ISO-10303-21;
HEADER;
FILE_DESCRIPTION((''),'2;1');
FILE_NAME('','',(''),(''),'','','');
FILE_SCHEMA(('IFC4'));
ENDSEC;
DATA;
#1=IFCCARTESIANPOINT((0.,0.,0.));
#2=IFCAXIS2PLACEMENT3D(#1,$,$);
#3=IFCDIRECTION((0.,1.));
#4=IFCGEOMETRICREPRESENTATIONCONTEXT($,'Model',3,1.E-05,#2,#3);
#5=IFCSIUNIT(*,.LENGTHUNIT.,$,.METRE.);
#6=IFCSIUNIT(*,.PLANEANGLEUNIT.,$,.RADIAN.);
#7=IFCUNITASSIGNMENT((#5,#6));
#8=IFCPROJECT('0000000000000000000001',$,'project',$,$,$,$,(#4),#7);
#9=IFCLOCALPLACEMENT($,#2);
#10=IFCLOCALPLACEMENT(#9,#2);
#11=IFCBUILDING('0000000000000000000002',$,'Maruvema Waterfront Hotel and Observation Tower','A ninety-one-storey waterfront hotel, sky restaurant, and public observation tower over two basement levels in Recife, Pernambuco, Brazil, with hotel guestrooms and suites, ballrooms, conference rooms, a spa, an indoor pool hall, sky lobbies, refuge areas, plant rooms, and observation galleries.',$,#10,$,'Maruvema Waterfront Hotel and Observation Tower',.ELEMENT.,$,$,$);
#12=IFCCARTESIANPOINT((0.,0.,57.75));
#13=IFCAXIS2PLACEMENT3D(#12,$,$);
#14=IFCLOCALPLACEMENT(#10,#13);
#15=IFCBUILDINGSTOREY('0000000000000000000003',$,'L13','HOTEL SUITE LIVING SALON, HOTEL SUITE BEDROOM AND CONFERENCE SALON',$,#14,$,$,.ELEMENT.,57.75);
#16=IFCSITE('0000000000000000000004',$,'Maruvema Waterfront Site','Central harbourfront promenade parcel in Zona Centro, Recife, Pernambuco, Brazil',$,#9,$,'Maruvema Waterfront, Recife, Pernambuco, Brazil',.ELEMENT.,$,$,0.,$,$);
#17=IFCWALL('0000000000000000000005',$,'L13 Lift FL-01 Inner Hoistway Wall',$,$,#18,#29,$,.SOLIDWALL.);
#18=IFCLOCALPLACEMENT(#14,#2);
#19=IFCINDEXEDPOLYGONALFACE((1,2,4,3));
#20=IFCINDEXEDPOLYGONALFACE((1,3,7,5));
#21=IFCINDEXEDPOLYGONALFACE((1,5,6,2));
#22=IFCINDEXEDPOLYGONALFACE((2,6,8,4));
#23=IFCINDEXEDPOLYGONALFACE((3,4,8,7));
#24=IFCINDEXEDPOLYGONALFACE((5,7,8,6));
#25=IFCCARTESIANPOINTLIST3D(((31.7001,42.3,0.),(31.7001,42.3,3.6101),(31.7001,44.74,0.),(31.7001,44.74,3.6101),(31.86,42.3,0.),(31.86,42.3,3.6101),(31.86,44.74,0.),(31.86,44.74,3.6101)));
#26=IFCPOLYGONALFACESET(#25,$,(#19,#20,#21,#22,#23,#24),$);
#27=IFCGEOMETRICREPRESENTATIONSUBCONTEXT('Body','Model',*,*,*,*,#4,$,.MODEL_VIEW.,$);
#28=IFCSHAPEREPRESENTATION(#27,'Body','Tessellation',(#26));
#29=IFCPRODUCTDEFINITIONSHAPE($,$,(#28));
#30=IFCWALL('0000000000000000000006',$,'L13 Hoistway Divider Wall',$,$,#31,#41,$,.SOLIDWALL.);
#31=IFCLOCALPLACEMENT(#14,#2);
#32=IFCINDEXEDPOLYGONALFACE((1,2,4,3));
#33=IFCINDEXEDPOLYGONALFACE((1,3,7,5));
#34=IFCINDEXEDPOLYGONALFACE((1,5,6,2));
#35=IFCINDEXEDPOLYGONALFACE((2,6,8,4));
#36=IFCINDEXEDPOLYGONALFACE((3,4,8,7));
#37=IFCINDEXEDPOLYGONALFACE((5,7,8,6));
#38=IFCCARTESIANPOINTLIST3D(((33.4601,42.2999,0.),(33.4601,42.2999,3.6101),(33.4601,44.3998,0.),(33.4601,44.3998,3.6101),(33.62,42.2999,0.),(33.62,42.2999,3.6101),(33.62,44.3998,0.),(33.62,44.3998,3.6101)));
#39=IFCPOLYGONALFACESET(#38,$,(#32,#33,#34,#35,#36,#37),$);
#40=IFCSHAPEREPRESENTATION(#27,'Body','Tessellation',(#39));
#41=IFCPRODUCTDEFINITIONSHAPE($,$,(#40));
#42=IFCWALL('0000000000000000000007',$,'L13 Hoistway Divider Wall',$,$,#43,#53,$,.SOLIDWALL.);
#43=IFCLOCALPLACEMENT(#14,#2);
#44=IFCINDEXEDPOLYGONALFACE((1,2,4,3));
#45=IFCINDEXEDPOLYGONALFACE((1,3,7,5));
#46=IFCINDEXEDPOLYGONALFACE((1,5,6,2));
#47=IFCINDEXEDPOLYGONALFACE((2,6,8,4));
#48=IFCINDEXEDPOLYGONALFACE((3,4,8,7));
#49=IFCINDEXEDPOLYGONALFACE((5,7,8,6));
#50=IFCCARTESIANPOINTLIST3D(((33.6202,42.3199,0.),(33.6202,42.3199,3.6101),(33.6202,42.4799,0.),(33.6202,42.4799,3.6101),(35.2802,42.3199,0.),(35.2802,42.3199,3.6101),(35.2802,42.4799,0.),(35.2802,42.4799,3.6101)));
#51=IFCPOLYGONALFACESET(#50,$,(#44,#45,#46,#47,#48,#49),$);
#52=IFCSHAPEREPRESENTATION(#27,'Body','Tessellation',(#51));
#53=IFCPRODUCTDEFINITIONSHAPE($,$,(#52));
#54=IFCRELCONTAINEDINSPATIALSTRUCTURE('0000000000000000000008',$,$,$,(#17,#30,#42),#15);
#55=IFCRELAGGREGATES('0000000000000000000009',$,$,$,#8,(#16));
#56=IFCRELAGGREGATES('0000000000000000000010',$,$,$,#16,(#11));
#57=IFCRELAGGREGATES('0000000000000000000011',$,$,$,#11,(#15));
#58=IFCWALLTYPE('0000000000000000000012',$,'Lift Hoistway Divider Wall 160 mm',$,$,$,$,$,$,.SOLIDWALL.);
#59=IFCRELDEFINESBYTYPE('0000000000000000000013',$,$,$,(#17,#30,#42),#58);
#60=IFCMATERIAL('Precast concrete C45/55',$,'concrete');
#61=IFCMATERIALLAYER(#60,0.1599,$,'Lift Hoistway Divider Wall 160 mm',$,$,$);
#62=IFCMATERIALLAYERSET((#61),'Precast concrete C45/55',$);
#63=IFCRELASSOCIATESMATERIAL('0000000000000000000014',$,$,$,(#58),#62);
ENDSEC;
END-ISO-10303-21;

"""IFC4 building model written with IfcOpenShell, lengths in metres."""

from ifc_helpers import new_model, si_unit, direction, frame, frame_2d, origin, place, context, subcontext, project, spatial, rectangle, extrude, material, layer, layer_set, type_object, element, save


model = new_model("IFC4")

# Units and contexts
model_context = context("Model", 3, precision=1e-05, world=origin(), true_north=direction((0.0, 1.0)))
body_context = subcontext(model_context, "Body", "Model", "MODEL_VIEW")
ifc_project = project(units=[si_unit("LENGTHUNIT", "METRE"), si_unit("PLANEANGLEUNIT", "RADIAN")], contexts=[model_context])

# Site, building, storey
site_placement = place(None, origin())
site = spatial("IfcSite", under=ifc_project, at=site_placement, Name="Maruvema Waterfront Site", Description="Central harbourfront promenade parcel in Zona Centro, Recife, Pernambuco, Brazil", LongName="Maruvema Waterfront, Recife, Pernambuco, Brazil", CompositionType="ELEMENT", RefElevation=0.0)
building_placement = place(site_placement, origin())
building = spatial("IfcBuilding", under=site, at=building_placement, Name="Maruvema Waterfront Hotel and Observation Tower", Description="A ninety-one-storey waterfront hotel, sky restaurant, and public observation tower over two basement levels in Recife, Pernambuco, Brazil, with hotel guestrooms and suites, ballrooms, conference rooms, a spa, an indoor pool hall, sky lobbies, refuge areas, plant rooms, and observation galleries.", LongName="Maruvema Waterfront Hotel and Observation Tower", CompositionType="ELEMENT")
storey_placement = place(building_placement, frame((0.0, 0.0, 57.75)))
storey = spatial("IfcBuildingStorey", under=building, at=storey_placement, Name="L13", Description="HOTEL SUITE LIVING SALON, HOTEL SUITE BEDROOM AND CONFERENCE SALON", CompositionType="ELEMENT", Elevation=57.75)

# Walls
ifc_material_1 = material(Name="Precast concrete C45/55", Category="concrete")
ifc_layer_1 = layer(ifc_material_1, 0.1599, Name="Lift Hoistway Divider Wall 160 mm")
ifc_layer_set_1 = layer_set([ifc_layer_1], Name="Precast concrete C45/55")
wall_type_1 = type_object("IfcWallType", Name="Lift Hoistway Divider Wall 160 mm", PredefinedType="SOLIDWALL", material=ifc_layer_set_1)
wall_1_placement = place(storey_placement, frame((31.78, 42.3, 0.0), z_axis=(0.0, 0.0, 1.0), x_axis=(0.0, 1.0, 0.0)))
element("IfcWall", 1, at=wall_1_placement, inside=storey, type_object=wall_type_1, Name="L13 Lift FL-01 Inner Hoistway Wall", PredefinedType="SOLIDWALL", context=body_context, shape_type="SweptSolid", body=[
    extrude(rectangle(XDim=2.4399, YDim=0.1599, at=frame_2d((1.22, 0.0))), origin(), (0.0, 0.0, 1.0), 3.6101),
])
wall_2_placement = place(storey_placement, frame((33.54, 42.3, 0.0), z_axis=(0.0, 0.0, 1.0), x_axis=(0.0, 1.0, 0.0)))
element("IfcWall", 2, at=wall_2_placement, inside=storey, type_object=wall_type_1, Name="L13 Hoistway Divider Wall", PredefinedType="SOLIDWALL", context=body_context, shape_type="SweptSolid", body=[
    extrude(rectangle(XDim=2.0999, YDim=0.1599, at=frame_2d((1.0498, 0.0))), origin(), (0.0, 0.0, 1.0), 3.6101),
])
wall_3_placement = place(storey_placement, frame((33.6201, 42.3999, 0.0), z_axis=(0.0, 0.0, 1.0), x_axis=(1.0, 0.0, 0.0)))
element("IfcWall", 3, at=wall_3_placement, inside=storey, type_object=wall_type_1, Name="L13 Hoistway Divider Wall", PredefinedType="SOLIDWALL", context=body_context, shape_type="SweptSolid", body=[
    extrude(rectangle(XDim=1.6599, YDim=0.1599, at=frame_2d((0.8301, 0.0))), origin(), (0.0, 0.0, 1.0), 3.6101),
])

save(model, "model.ifc")
